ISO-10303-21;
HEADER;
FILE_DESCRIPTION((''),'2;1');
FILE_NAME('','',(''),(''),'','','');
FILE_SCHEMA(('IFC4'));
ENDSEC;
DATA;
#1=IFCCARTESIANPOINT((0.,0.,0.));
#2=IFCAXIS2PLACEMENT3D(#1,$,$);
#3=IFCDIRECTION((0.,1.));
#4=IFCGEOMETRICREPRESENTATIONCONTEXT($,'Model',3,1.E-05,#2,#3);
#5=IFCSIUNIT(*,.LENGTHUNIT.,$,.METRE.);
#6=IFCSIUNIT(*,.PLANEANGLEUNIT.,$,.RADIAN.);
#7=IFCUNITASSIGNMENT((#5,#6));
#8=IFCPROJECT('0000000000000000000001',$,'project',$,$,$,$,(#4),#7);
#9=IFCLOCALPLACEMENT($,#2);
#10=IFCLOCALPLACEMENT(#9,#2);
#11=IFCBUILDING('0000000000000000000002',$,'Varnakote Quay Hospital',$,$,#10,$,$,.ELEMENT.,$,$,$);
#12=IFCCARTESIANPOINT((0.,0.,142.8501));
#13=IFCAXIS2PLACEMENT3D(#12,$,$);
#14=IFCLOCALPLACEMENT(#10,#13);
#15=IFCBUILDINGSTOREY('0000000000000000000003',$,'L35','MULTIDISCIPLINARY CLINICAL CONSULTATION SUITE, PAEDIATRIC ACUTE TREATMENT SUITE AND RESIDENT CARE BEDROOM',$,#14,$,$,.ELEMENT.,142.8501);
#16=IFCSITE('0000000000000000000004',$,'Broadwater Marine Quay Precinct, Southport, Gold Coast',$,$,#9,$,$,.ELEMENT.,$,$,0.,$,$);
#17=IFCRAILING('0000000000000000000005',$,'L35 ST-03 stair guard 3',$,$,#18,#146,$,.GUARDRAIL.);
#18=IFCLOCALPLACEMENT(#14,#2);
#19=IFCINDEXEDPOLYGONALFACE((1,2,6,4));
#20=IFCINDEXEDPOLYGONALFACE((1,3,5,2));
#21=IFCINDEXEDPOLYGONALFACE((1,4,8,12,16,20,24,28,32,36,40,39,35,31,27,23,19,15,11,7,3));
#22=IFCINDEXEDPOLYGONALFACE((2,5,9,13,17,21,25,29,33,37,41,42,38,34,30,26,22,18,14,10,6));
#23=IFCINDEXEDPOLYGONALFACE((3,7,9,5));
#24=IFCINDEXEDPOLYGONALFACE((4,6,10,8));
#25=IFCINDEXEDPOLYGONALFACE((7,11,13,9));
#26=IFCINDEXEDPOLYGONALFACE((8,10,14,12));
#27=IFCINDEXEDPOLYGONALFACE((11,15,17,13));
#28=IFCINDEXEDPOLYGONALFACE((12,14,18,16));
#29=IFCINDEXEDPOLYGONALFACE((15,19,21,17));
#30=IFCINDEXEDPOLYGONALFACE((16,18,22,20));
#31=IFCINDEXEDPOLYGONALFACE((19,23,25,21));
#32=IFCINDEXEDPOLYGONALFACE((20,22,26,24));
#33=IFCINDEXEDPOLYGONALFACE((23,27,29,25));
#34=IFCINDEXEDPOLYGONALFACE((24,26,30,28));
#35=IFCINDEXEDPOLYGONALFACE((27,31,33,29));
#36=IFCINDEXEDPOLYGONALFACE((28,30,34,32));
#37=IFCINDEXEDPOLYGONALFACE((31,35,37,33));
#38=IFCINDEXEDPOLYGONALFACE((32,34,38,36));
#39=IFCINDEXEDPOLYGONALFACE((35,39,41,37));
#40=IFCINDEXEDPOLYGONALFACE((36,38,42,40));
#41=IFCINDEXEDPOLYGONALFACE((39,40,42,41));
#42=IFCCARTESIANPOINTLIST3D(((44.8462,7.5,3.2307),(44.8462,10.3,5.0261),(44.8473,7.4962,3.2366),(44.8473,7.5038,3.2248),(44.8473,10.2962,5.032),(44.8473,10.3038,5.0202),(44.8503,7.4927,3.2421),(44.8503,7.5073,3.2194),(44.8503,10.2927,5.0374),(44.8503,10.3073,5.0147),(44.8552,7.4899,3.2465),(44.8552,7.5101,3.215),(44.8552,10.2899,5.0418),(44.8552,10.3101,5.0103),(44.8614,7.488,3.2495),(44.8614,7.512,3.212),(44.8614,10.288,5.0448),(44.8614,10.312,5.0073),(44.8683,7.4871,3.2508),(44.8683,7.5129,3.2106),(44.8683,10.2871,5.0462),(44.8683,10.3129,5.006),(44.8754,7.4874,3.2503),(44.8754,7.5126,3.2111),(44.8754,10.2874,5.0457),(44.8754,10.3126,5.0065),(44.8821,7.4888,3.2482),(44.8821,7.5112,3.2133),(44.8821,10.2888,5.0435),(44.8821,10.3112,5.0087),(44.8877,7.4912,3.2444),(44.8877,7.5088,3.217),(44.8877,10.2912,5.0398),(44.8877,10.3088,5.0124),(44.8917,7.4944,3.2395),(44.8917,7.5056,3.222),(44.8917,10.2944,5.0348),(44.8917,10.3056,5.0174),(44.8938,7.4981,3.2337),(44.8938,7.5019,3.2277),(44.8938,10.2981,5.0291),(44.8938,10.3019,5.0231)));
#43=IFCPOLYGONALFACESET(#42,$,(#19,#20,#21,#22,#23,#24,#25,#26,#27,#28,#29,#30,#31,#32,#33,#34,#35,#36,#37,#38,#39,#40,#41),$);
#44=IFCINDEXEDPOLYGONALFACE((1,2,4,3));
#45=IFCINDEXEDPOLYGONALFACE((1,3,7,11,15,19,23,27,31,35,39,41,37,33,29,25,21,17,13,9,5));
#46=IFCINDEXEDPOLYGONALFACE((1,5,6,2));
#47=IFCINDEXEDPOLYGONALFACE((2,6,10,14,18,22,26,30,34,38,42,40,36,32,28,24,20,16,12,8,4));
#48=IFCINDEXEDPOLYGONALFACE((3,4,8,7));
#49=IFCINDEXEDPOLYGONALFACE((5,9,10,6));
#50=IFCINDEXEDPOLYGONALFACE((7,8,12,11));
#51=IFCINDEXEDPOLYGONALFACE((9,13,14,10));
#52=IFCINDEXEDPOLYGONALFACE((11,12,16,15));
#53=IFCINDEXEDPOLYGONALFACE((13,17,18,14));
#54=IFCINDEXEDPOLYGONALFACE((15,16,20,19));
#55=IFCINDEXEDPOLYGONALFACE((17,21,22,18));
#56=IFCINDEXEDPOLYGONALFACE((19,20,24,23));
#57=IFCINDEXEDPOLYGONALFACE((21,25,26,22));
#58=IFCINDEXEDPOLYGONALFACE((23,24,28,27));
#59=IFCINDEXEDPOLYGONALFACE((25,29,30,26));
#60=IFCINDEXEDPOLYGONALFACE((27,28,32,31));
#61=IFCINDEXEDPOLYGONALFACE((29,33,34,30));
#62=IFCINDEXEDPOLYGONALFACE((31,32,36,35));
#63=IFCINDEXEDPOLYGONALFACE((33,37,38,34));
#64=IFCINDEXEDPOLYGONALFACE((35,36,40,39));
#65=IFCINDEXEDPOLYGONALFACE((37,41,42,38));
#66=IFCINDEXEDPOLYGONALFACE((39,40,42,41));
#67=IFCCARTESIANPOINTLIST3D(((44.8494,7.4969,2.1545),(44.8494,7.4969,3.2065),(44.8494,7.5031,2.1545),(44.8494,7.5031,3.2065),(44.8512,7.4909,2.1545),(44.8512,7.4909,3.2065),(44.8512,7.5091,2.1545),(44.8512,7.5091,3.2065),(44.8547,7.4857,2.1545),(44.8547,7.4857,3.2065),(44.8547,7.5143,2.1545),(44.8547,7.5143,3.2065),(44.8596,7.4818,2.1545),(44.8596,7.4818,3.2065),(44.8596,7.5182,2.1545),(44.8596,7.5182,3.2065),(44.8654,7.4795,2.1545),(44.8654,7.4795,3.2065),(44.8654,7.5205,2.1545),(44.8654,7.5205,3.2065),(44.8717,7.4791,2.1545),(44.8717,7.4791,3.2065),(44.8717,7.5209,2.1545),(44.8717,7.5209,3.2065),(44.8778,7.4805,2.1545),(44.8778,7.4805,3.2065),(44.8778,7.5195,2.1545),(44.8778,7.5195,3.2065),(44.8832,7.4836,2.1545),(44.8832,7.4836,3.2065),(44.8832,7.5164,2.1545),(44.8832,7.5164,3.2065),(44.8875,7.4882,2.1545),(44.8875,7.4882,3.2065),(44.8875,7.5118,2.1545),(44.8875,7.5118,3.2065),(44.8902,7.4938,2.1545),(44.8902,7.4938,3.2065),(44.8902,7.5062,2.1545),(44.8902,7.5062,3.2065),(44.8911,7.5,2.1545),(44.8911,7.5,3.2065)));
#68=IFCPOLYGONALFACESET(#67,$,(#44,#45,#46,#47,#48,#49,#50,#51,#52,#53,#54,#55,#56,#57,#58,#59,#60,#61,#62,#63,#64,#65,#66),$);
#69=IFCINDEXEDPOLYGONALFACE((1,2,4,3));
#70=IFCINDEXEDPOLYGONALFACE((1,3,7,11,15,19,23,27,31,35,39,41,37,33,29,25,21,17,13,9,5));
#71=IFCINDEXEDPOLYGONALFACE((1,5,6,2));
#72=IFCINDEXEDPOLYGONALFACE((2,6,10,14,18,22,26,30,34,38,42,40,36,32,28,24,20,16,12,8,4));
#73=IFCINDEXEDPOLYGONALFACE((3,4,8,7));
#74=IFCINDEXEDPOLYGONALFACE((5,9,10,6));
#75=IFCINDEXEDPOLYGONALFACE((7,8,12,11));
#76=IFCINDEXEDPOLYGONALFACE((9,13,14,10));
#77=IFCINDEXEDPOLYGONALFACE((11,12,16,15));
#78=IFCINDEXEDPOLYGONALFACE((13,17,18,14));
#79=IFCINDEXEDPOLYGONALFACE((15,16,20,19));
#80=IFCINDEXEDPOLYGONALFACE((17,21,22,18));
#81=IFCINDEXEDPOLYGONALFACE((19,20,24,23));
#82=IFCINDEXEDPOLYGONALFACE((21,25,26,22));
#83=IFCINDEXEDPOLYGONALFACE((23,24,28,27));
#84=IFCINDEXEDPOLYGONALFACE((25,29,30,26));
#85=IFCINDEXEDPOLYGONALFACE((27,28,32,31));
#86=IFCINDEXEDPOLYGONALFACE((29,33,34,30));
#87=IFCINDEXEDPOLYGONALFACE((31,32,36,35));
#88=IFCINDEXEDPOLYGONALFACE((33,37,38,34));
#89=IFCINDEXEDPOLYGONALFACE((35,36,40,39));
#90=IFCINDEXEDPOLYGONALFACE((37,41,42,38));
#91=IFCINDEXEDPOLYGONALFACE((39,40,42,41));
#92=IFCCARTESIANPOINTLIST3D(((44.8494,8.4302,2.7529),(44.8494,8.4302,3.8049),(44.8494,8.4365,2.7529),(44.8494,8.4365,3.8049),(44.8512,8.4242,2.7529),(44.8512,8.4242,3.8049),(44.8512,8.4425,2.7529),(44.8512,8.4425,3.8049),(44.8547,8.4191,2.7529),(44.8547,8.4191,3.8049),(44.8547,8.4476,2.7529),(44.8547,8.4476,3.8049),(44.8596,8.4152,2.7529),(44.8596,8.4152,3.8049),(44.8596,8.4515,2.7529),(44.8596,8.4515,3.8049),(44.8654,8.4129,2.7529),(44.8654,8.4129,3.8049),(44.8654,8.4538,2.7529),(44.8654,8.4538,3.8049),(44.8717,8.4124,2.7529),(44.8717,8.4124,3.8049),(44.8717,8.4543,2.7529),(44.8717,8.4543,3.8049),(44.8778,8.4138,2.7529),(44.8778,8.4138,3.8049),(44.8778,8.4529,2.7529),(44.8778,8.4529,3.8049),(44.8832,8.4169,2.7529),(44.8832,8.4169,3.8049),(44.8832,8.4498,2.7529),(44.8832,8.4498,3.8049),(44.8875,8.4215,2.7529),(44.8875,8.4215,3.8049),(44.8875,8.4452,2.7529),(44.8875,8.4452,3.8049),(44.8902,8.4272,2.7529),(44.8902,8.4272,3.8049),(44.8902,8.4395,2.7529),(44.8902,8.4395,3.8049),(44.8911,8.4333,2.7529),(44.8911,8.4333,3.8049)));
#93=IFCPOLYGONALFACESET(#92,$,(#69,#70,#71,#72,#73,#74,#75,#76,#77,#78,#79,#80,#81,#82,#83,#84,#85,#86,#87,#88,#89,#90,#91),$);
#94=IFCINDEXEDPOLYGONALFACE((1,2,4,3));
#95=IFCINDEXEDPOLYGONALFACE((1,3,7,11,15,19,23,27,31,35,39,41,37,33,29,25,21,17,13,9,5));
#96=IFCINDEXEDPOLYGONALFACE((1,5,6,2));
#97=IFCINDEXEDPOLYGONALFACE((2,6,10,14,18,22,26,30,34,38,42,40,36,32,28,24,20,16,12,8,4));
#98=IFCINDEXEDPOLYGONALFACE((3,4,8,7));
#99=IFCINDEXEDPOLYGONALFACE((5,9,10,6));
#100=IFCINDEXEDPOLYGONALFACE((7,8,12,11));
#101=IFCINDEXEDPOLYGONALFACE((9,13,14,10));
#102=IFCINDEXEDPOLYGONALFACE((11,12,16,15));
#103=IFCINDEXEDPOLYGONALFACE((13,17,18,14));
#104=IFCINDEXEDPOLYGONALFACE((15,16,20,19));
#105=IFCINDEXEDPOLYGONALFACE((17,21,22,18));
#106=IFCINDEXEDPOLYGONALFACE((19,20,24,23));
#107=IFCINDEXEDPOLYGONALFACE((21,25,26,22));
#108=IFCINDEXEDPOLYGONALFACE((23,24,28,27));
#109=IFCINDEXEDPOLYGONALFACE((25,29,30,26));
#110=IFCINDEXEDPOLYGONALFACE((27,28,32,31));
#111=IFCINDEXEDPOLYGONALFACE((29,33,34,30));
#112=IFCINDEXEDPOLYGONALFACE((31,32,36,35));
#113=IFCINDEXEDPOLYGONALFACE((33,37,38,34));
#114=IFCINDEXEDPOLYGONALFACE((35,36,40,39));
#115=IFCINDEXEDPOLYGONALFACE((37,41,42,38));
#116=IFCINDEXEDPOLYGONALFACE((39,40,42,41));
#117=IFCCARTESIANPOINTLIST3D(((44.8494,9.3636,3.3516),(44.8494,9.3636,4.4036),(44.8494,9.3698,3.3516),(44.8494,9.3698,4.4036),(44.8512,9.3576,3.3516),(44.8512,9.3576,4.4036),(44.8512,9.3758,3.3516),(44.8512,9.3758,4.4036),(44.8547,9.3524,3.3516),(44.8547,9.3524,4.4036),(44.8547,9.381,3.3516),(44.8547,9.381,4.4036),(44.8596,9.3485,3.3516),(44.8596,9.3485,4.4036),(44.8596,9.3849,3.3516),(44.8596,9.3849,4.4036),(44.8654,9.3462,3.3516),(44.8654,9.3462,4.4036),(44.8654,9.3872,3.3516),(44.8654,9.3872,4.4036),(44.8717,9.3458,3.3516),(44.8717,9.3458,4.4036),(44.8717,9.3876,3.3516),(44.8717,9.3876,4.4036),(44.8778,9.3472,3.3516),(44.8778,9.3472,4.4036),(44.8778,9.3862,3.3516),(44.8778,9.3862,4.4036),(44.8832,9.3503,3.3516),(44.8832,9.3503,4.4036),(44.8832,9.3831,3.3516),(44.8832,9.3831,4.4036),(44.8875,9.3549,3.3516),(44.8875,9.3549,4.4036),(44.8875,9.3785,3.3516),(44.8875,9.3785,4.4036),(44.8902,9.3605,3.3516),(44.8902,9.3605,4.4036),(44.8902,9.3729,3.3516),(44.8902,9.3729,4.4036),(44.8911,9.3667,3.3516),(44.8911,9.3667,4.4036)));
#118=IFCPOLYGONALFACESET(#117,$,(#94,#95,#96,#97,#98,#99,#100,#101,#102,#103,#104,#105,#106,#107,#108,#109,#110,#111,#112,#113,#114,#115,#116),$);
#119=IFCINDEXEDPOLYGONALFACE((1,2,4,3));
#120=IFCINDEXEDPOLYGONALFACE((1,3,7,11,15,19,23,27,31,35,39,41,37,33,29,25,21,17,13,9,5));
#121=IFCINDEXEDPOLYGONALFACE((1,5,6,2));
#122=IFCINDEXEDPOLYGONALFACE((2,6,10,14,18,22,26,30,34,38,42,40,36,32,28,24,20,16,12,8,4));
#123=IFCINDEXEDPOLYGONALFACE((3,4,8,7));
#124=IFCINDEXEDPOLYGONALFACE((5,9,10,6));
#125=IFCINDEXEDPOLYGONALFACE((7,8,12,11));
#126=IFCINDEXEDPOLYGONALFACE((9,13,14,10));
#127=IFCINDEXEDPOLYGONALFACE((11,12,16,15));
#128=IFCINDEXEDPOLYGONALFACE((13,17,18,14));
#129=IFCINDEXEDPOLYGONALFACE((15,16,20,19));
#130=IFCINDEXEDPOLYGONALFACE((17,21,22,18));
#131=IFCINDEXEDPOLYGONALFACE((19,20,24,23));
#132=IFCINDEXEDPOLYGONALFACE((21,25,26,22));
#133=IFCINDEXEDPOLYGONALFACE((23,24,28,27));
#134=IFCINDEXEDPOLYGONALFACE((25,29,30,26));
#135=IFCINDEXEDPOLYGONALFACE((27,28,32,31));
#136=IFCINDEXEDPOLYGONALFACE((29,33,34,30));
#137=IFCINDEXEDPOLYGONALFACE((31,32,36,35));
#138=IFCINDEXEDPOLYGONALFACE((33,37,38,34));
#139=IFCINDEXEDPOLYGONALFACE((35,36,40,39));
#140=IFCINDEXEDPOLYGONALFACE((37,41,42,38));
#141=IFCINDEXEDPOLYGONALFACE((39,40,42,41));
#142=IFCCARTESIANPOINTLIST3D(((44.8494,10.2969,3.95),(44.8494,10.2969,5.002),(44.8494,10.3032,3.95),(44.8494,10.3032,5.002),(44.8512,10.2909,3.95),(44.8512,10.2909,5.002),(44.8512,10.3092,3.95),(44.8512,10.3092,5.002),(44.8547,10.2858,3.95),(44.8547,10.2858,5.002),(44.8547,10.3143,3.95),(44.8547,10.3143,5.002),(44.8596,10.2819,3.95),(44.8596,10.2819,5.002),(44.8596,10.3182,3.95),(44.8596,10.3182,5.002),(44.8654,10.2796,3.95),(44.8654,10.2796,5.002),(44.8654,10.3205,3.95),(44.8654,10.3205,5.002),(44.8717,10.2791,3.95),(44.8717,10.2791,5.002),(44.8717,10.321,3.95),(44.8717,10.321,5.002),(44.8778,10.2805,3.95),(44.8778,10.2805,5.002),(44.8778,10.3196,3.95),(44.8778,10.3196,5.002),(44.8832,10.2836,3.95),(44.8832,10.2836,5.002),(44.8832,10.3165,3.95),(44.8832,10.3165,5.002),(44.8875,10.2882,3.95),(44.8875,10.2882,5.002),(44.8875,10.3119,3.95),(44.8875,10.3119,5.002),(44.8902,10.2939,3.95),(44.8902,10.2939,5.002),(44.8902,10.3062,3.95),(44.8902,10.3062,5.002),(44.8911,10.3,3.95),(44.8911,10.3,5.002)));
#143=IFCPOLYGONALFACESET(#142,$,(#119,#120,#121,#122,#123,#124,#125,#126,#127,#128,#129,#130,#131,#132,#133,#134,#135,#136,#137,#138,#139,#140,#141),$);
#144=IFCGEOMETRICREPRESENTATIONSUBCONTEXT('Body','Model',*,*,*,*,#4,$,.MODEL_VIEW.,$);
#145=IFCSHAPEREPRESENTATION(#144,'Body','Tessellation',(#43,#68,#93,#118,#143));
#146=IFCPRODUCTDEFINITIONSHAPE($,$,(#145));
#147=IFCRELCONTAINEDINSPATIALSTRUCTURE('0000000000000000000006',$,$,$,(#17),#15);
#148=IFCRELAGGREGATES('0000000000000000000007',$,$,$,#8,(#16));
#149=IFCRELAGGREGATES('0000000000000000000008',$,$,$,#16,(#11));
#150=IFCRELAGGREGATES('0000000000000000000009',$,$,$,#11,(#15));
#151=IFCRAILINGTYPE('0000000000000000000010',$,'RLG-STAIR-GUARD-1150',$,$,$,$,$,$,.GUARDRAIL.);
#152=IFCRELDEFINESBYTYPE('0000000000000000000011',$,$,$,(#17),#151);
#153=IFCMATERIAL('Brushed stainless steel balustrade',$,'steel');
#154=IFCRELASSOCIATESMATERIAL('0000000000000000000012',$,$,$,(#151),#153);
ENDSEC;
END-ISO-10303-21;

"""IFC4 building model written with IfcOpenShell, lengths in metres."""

from ifc_helpers import new_model, si_unit, direction, frame, origin, origin_2d, place, context, subcontext, project, spatial, circle, extrude, material, type_object, element, save


model = new_model("IFC4")

# Units and contexts
model_context = context("Model", 3, precision=1e-05, world=origin(), true_north=direction((0.0, 1.0)))
body_context = subcontext(model_context, "Body", "Model", "MODEL_VIEW")
ifc_project = project(units=[si_unit("LENGTHUNIT", "METRE"), si_unit("PLANEANGLEUNIT", "RADIAN")], contexts=[model_context])

# Site, building, storey
site_placement = place(None, origin())
site = spatial("IfcSite", under=ifc_project, at=site_placement, Name="Broadwater Marine Quay Precinct, Southport, Gold Coast", CompositionType="ELEMENT", RefElevation=0.0)
building_placement = place(site_placement, origin())
building = spatial("IfcBuilding", under=site, at=building_placement, Name="Varnakote Quay Hospital", CompositionType="ELEMENT")
storey_placement = place(building_placement, frame((0.0, 0.0, 142.8501)))
storey = spatial("IfcBuildingStorey", under=building, at=storey_placement, Name="L35", Description="MULTIDISCIPLINARY CLINICAL CONSULTATION SUITE, PAEDIATRIC ACUTE TREATMENT SUITE AND RESIDENT CARE BEDROOM", CompositionType="ELEMENT", Elevation=142.8501)

# Railing
ifc_material_1 = material(Name="Brushed stainless steel balustrade", Category="steel")
railing_type_1 = type_object("IfcRailingType", Name="RLG-STAIR-GUARD-1150", PredefinedType="GUARDRAIL", material=ifc_material_1)
railing_1_placement = place(storey_placement, frame((44.8701, 7.5, 2.1545)))
element("IfcRailing", 1, at=railing_1_placement, inside=storey, type_object=railing_type_1, Name="L35 ST-03 stair guard 3", PredefinedType="GUARDRAIL", context=body_context, shape_type="SweptSolid", body=[
    extrude(circle(Radius=0.0239, at=origin_2d()), frame((0.0, 0.0, 1.0762), z_axis=(0.0, 0.84181, 0.539774), x_axis=(-1.0, 0.0, 0.0)), (0.0, 0.0, 1.0), 3.3262),
    extrude(circle(Radius=0.021, at=origin_2d()), origin(), (0.0, 0.0, 1.0), 1.052),
    extrude(circle(Radius=0.021, at=origin_2d()), frame((0.0, 0.9333, 0.5984)), (0.0, 0.0, 1.0), 1.052),
    extrude(circle(Radius=0.021, at=origin_2d()), frame((0.0, 1.8667, 1.197)), (0.0, 0.0, 1.0), 1.052),
    extrude(circle(Radius=0.021, at=origin_2d()), frame((0.0, 2.8, 1.7954)), (0.0, 0.0, 1.0), 1.052),
])

save(model, "model.ifc")
